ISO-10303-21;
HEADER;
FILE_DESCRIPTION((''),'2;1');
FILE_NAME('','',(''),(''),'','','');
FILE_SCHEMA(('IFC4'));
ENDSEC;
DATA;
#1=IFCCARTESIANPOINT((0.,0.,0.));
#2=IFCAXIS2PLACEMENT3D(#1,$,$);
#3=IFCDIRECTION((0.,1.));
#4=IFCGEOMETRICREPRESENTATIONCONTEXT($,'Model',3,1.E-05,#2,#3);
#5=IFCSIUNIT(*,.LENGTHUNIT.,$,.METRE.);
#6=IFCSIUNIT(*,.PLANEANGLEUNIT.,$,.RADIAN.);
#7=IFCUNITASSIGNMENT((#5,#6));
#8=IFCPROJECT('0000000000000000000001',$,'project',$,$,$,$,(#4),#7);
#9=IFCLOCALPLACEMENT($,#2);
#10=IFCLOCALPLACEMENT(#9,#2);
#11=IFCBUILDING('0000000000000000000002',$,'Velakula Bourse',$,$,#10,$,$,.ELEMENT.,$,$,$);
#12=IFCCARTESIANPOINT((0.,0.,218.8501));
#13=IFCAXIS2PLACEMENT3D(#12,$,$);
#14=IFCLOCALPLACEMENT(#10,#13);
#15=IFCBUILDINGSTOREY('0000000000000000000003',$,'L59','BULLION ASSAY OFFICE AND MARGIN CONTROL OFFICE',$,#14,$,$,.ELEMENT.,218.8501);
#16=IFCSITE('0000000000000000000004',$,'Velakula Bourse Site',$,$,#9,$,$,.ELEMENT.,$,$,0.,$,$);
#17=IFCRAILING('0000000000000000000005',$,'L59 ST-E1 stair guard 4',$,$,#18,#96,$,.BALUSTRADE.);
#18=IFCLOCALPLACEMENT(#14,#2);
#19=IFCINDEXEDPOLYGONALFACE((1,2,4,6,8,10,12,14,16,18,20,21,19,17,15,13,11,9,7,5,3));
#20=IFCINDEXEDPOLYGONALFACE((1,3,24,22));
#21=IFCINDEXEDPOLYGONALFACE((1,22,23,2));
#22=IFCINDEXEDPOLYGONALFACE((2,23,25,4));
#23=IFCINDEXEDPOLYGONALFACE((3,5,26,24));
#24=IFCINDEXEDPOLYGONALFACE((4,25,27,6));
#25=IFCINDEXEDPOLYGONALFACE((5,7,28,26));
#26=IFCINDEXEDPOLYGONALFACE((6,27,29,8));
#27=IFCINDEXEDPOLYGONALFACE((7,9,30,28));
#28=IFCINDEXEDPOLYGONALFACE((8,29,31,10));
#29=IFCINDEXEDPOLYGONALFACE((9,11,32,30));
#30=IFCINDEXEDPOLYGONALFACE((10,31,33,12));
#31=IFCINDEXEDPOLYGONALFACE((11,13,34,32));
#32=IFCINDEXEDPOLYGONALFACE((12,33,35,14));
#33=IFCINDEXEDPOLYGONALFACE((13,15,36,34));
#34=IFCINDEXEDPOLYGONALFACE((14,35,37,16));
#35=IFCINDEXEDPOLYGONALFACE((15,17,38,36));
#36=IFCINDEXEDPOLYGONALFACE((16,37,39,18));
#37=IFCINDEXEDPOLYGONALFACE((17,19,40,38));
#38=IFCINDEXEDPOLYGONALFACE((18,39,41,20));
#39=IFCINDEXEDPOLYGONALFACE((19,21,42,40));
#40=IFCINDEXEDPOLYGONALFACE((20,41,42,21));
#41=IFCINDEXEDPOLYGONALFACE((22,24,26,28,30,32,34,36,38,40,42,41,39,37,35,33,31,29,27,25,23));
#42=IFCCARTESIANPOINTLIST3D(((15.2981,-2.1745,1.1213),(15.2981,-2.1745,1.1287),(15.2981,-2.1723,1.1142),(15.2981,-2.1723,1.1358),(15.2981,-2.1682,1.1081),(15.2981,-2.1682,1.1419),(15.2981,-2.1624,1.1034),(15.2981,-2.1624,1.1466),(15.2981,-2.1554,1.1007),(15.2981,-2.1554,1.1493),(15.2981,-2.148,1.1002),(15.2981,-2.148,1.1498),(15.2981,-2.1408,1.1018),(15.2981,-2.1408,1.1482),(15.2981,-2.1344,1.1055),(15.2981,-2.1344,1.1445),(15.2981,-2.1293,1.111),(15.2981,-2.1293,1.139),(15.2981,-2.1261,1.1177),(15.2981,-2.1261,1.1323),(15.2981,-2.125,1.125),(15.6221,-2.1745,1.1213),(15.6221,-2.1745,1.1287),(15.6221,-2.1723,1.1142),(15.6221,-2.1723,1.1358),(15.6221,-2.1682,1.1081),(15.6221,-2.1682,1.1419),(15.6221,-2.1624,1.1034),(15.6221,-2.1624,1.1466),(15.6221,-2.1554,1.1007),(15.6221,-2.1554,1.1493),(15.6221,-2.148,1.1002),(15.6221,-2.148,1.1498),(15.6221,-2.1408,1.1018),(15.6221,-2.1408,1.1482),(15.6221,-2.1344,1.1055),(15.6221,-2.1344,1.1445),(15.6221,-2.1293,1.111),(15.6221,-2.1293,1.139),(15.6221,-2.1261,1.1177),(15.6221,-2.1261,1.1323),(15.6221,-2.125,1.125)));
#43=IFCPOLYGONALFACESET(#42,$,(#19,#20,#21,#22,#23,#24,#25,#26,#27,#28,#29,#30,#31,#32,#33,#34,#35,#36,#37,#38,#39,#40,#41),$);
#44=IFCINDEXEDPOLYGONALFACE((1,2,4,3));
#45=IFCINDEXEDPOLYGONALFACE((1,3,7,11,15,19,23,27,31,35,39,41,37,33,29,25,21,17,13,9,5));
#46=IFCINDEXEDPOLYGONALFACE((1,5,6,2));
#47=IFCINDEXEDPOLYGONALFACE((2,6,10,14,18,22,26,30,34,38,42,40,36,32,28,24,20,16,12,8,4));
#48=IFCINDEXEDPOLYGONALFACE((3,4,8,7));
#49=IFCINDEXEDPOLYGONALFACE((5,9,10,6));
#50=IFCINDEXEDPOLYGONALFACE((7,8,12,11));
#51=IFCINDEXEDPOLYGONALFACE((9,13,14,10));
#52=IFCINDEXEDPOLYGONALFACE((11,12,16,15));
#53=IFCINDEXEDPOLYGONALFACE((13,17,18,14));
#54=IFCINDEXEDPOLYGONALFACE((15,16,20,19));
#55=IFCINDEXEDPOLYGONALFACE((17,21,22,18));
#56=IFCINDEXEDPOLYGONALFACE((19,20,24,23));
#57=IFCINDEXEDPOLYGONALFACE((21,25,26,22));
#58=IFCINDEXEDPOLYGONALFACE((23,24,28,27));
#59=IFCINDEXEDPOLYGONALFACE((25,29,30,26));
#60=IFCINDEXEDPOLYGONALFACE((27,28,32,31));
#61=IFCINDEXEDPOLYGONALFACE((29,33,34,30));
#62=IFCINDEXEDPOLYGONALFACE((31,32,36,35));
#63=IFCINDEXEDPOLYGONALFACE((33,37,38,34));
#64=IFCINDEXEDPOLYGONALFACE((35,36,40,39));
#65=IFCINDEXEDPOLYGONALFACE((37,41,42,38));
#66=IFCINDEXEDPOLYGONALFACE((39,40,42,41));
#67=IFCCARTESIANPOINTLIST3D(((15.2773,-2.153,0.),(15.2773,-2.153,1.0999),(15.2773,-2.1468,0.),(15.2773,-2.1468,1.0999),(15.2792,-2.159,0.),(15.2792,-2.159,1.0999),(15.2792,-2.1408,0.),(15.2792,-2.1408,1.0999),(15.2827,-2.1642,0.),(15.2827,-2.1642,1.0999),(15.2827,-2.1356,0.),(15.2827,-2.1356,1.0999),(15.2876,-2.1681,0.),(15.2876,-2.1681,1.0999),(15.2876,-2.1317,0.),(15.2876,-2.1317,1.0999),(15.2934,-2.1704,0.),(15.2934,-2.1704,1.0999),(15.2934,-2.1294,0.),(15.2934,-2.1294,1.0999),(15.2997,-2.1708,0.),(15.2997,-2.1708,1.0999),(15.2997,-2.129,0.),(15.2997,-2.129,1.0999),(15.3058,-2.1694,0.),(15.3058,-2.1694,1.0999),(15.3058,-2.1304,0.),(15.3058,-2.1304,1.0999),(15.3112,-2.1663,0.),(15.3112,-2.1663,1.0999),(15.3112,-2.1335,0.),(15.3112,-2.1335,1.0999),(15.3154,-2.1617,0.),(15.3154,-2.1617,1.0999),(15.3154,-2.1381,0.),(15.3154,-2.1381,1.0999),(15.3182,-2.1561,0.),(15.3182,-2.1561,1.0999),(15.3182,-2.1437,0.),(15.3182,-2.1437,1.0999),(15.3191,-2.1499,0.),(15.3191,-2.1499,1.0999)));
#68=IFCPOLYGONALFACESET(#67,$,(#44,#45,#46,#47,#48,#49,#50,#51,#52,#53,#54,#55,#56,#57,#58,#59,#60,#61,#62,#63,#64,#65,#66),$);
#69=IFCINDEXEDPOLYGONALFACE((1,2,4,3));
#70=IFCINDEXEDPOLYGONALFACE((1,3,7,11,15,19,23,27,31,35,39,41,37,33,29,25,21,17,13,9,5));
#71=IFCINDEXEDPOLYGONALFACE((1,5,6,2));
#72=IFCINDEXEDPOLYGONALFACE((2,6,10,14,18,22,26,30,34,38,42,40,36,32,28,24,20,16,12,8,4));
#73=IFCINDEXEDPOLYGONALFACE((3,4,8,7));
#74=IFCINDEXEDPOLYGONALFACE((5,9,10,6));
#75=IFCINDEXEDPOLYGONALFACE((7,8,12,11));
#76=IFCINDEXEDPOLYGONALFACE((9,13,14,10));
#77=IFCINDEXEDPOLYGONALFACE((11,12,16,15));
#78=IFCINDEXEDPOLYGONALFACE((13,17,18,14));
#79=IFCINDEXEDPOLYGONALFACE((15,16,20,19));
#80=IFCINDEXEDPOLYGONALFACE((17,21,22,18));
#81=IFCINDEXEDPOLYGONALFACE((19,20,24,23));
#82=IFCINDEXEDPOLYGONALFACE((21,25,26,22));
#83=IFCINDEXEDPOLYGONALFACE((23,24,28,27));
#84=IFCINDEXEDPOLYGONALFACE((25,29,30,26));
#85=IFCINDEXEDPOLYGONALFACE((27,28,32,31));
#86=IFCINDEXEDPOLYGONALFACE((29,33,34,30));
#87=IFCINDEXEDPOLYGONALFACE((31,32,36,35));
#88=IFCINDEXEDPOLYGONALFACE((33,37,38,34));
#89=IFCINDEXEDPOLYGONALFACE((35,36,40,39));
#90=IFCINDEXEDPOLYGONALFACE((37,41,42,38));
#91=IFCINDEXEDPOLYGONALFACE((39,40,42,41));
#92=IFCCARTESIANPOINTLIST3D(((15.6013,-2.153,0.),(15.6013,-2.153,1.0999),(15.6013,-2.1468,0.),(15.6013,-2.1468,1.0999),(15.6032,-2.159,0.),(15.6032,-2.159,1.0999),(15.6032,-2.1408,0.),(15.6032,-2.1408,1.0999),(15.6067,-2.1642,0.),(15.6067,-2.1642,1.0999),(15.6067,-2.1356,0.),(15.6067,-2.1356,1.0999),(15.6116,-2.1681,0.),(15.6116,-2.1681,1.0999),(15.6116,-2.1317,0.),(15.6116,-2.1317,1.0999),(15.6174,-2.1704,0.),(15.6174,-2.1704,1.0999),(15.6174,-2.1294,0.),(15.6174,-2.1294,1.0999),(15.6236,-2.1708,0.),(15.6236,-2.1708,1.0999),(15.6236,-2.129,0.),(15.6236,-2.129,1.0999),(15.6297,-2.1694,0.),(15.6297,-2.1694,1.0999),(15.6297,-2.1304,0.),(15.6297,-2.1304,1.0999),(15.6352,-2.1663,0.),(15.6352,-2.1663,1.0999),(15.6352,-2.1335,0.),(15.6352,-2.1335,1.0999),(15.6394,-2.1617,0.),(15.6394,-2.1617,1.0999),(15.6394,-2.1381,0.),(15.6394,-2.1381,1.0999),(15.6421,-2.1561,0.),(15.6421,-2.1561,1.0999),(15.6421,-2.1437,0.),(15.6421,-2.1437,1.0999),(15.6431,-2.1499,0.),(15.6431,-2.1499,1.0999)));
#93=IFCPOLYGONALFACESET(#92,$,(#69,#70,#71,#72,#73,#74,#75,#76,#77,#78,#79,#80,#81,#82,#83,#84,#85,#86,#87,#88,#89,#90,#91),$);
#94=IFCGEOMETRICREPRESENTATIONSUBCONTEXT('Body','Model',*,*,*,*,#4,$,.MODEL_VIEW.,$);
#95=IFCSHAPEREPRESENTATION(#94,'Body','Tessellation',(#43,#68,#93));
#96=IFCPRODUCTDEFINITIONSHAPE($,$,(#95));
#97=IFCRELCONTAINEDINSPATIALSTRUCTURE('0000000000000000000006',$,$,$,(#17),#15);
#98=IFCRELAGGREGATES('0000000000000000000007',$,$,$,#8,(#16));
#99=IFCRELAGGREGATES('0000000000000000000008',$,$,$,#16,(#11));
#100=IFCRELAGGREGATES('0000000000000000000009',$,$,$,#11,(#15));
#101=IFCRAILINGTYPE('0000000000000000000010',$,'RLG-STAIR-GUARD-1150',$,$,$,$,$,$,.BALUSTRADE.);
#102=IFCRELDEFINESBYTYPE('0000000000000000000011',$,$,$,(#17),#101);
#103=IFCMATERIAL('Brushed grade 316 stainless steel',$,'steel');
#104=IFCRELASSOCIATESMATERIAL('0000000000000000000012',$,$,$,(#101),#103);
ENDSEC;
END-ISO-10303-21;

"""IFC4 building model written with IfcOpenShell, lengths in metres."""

from ifc_helpers import new_model, si_unit, direction, frame, origin, origin_2d, place, context, subcontext, project, spatial, circle, extrude, material, type_object, element, save


model = new_model("IFC4")

# Units and contexts
model_context = context("Model", 3, precision=1e-05, world=origin(), true_north=direction((0.0, 1.0)))
body_context = subcontext(model_context, "Body", "Model", "MODEL_VIEW")
ifc_project = project(units=[si_unit("LENGTHUNIT", "METRE"), si_unit("PLANEANGLEUNIT", "RADIAN")], contexts=[model_context])

# Site, building, storey
site_placement = place(None, origin())
site = spatial("IfcSite", under=ifc_project, at=site_placement, Name="Velakula Bourse Site", CompositionType="ELEMENT", RefElevation=0.0)
building_placement = place(site_placement, origin())
building = spatial("IfcBuilding", under=site, at=building_placement, Name="Velakula Bourse", CompositionType="ELEMENT")
storey_placement = place(building_placement, frame((0.0, 0.0, 218.8501)))
storey = spatial("IfcBuildingStorey", under=building, at=storey_placement, Name="L59", Description="BULLION ASSAY OFFICE AND MARGIN CONTROL OFFICE", CompositionType="ELEMENT", Elevation=218.8501)

# Shared definitions
ifc_material_1 = material(Name="Brushed grade 316 stainless steel", Category="steel")

# Railing
railing_type_1 = type_object("IfcRailingType", Name="RLG-STAIR-GUARD-1150", PredefinedType="BALUSTRADE", material=ifc_material_1)
railing_1_placement = place(storey_placement, frame((15.2981, -2.1499, 0.0)))
element("IfcRailing", 1, at=railing_1_placement, inside=storey, type_object=railing_type_1, Name="L59 ST-E1 stair guard 4", PredefinedType="BALUSTRADE", context=body_context, shape_type="SweptSolid", body=[
    extrude(circle(Radius=0.0249, at=origin_2d()), frame((0.0, 0.0, 1.125), z_axis=(1.0, 0.0, 0.0), x_axis=(0.0, 1.0, 0.0)), (0.0, 0.0, 1.0), 0.324),
    extrude(circle(Radius=0.021, at=origin_2d()), origin(), (0.0, 0.0, 1.0), 1.0999),
    extrude(circle(Radius=0.021, at=origin_2d()), frame((0.324, 0.0, 0.0)), (0.0, 0.0, 1.0), 1.0999),
])

save(model, "model.ifc")
